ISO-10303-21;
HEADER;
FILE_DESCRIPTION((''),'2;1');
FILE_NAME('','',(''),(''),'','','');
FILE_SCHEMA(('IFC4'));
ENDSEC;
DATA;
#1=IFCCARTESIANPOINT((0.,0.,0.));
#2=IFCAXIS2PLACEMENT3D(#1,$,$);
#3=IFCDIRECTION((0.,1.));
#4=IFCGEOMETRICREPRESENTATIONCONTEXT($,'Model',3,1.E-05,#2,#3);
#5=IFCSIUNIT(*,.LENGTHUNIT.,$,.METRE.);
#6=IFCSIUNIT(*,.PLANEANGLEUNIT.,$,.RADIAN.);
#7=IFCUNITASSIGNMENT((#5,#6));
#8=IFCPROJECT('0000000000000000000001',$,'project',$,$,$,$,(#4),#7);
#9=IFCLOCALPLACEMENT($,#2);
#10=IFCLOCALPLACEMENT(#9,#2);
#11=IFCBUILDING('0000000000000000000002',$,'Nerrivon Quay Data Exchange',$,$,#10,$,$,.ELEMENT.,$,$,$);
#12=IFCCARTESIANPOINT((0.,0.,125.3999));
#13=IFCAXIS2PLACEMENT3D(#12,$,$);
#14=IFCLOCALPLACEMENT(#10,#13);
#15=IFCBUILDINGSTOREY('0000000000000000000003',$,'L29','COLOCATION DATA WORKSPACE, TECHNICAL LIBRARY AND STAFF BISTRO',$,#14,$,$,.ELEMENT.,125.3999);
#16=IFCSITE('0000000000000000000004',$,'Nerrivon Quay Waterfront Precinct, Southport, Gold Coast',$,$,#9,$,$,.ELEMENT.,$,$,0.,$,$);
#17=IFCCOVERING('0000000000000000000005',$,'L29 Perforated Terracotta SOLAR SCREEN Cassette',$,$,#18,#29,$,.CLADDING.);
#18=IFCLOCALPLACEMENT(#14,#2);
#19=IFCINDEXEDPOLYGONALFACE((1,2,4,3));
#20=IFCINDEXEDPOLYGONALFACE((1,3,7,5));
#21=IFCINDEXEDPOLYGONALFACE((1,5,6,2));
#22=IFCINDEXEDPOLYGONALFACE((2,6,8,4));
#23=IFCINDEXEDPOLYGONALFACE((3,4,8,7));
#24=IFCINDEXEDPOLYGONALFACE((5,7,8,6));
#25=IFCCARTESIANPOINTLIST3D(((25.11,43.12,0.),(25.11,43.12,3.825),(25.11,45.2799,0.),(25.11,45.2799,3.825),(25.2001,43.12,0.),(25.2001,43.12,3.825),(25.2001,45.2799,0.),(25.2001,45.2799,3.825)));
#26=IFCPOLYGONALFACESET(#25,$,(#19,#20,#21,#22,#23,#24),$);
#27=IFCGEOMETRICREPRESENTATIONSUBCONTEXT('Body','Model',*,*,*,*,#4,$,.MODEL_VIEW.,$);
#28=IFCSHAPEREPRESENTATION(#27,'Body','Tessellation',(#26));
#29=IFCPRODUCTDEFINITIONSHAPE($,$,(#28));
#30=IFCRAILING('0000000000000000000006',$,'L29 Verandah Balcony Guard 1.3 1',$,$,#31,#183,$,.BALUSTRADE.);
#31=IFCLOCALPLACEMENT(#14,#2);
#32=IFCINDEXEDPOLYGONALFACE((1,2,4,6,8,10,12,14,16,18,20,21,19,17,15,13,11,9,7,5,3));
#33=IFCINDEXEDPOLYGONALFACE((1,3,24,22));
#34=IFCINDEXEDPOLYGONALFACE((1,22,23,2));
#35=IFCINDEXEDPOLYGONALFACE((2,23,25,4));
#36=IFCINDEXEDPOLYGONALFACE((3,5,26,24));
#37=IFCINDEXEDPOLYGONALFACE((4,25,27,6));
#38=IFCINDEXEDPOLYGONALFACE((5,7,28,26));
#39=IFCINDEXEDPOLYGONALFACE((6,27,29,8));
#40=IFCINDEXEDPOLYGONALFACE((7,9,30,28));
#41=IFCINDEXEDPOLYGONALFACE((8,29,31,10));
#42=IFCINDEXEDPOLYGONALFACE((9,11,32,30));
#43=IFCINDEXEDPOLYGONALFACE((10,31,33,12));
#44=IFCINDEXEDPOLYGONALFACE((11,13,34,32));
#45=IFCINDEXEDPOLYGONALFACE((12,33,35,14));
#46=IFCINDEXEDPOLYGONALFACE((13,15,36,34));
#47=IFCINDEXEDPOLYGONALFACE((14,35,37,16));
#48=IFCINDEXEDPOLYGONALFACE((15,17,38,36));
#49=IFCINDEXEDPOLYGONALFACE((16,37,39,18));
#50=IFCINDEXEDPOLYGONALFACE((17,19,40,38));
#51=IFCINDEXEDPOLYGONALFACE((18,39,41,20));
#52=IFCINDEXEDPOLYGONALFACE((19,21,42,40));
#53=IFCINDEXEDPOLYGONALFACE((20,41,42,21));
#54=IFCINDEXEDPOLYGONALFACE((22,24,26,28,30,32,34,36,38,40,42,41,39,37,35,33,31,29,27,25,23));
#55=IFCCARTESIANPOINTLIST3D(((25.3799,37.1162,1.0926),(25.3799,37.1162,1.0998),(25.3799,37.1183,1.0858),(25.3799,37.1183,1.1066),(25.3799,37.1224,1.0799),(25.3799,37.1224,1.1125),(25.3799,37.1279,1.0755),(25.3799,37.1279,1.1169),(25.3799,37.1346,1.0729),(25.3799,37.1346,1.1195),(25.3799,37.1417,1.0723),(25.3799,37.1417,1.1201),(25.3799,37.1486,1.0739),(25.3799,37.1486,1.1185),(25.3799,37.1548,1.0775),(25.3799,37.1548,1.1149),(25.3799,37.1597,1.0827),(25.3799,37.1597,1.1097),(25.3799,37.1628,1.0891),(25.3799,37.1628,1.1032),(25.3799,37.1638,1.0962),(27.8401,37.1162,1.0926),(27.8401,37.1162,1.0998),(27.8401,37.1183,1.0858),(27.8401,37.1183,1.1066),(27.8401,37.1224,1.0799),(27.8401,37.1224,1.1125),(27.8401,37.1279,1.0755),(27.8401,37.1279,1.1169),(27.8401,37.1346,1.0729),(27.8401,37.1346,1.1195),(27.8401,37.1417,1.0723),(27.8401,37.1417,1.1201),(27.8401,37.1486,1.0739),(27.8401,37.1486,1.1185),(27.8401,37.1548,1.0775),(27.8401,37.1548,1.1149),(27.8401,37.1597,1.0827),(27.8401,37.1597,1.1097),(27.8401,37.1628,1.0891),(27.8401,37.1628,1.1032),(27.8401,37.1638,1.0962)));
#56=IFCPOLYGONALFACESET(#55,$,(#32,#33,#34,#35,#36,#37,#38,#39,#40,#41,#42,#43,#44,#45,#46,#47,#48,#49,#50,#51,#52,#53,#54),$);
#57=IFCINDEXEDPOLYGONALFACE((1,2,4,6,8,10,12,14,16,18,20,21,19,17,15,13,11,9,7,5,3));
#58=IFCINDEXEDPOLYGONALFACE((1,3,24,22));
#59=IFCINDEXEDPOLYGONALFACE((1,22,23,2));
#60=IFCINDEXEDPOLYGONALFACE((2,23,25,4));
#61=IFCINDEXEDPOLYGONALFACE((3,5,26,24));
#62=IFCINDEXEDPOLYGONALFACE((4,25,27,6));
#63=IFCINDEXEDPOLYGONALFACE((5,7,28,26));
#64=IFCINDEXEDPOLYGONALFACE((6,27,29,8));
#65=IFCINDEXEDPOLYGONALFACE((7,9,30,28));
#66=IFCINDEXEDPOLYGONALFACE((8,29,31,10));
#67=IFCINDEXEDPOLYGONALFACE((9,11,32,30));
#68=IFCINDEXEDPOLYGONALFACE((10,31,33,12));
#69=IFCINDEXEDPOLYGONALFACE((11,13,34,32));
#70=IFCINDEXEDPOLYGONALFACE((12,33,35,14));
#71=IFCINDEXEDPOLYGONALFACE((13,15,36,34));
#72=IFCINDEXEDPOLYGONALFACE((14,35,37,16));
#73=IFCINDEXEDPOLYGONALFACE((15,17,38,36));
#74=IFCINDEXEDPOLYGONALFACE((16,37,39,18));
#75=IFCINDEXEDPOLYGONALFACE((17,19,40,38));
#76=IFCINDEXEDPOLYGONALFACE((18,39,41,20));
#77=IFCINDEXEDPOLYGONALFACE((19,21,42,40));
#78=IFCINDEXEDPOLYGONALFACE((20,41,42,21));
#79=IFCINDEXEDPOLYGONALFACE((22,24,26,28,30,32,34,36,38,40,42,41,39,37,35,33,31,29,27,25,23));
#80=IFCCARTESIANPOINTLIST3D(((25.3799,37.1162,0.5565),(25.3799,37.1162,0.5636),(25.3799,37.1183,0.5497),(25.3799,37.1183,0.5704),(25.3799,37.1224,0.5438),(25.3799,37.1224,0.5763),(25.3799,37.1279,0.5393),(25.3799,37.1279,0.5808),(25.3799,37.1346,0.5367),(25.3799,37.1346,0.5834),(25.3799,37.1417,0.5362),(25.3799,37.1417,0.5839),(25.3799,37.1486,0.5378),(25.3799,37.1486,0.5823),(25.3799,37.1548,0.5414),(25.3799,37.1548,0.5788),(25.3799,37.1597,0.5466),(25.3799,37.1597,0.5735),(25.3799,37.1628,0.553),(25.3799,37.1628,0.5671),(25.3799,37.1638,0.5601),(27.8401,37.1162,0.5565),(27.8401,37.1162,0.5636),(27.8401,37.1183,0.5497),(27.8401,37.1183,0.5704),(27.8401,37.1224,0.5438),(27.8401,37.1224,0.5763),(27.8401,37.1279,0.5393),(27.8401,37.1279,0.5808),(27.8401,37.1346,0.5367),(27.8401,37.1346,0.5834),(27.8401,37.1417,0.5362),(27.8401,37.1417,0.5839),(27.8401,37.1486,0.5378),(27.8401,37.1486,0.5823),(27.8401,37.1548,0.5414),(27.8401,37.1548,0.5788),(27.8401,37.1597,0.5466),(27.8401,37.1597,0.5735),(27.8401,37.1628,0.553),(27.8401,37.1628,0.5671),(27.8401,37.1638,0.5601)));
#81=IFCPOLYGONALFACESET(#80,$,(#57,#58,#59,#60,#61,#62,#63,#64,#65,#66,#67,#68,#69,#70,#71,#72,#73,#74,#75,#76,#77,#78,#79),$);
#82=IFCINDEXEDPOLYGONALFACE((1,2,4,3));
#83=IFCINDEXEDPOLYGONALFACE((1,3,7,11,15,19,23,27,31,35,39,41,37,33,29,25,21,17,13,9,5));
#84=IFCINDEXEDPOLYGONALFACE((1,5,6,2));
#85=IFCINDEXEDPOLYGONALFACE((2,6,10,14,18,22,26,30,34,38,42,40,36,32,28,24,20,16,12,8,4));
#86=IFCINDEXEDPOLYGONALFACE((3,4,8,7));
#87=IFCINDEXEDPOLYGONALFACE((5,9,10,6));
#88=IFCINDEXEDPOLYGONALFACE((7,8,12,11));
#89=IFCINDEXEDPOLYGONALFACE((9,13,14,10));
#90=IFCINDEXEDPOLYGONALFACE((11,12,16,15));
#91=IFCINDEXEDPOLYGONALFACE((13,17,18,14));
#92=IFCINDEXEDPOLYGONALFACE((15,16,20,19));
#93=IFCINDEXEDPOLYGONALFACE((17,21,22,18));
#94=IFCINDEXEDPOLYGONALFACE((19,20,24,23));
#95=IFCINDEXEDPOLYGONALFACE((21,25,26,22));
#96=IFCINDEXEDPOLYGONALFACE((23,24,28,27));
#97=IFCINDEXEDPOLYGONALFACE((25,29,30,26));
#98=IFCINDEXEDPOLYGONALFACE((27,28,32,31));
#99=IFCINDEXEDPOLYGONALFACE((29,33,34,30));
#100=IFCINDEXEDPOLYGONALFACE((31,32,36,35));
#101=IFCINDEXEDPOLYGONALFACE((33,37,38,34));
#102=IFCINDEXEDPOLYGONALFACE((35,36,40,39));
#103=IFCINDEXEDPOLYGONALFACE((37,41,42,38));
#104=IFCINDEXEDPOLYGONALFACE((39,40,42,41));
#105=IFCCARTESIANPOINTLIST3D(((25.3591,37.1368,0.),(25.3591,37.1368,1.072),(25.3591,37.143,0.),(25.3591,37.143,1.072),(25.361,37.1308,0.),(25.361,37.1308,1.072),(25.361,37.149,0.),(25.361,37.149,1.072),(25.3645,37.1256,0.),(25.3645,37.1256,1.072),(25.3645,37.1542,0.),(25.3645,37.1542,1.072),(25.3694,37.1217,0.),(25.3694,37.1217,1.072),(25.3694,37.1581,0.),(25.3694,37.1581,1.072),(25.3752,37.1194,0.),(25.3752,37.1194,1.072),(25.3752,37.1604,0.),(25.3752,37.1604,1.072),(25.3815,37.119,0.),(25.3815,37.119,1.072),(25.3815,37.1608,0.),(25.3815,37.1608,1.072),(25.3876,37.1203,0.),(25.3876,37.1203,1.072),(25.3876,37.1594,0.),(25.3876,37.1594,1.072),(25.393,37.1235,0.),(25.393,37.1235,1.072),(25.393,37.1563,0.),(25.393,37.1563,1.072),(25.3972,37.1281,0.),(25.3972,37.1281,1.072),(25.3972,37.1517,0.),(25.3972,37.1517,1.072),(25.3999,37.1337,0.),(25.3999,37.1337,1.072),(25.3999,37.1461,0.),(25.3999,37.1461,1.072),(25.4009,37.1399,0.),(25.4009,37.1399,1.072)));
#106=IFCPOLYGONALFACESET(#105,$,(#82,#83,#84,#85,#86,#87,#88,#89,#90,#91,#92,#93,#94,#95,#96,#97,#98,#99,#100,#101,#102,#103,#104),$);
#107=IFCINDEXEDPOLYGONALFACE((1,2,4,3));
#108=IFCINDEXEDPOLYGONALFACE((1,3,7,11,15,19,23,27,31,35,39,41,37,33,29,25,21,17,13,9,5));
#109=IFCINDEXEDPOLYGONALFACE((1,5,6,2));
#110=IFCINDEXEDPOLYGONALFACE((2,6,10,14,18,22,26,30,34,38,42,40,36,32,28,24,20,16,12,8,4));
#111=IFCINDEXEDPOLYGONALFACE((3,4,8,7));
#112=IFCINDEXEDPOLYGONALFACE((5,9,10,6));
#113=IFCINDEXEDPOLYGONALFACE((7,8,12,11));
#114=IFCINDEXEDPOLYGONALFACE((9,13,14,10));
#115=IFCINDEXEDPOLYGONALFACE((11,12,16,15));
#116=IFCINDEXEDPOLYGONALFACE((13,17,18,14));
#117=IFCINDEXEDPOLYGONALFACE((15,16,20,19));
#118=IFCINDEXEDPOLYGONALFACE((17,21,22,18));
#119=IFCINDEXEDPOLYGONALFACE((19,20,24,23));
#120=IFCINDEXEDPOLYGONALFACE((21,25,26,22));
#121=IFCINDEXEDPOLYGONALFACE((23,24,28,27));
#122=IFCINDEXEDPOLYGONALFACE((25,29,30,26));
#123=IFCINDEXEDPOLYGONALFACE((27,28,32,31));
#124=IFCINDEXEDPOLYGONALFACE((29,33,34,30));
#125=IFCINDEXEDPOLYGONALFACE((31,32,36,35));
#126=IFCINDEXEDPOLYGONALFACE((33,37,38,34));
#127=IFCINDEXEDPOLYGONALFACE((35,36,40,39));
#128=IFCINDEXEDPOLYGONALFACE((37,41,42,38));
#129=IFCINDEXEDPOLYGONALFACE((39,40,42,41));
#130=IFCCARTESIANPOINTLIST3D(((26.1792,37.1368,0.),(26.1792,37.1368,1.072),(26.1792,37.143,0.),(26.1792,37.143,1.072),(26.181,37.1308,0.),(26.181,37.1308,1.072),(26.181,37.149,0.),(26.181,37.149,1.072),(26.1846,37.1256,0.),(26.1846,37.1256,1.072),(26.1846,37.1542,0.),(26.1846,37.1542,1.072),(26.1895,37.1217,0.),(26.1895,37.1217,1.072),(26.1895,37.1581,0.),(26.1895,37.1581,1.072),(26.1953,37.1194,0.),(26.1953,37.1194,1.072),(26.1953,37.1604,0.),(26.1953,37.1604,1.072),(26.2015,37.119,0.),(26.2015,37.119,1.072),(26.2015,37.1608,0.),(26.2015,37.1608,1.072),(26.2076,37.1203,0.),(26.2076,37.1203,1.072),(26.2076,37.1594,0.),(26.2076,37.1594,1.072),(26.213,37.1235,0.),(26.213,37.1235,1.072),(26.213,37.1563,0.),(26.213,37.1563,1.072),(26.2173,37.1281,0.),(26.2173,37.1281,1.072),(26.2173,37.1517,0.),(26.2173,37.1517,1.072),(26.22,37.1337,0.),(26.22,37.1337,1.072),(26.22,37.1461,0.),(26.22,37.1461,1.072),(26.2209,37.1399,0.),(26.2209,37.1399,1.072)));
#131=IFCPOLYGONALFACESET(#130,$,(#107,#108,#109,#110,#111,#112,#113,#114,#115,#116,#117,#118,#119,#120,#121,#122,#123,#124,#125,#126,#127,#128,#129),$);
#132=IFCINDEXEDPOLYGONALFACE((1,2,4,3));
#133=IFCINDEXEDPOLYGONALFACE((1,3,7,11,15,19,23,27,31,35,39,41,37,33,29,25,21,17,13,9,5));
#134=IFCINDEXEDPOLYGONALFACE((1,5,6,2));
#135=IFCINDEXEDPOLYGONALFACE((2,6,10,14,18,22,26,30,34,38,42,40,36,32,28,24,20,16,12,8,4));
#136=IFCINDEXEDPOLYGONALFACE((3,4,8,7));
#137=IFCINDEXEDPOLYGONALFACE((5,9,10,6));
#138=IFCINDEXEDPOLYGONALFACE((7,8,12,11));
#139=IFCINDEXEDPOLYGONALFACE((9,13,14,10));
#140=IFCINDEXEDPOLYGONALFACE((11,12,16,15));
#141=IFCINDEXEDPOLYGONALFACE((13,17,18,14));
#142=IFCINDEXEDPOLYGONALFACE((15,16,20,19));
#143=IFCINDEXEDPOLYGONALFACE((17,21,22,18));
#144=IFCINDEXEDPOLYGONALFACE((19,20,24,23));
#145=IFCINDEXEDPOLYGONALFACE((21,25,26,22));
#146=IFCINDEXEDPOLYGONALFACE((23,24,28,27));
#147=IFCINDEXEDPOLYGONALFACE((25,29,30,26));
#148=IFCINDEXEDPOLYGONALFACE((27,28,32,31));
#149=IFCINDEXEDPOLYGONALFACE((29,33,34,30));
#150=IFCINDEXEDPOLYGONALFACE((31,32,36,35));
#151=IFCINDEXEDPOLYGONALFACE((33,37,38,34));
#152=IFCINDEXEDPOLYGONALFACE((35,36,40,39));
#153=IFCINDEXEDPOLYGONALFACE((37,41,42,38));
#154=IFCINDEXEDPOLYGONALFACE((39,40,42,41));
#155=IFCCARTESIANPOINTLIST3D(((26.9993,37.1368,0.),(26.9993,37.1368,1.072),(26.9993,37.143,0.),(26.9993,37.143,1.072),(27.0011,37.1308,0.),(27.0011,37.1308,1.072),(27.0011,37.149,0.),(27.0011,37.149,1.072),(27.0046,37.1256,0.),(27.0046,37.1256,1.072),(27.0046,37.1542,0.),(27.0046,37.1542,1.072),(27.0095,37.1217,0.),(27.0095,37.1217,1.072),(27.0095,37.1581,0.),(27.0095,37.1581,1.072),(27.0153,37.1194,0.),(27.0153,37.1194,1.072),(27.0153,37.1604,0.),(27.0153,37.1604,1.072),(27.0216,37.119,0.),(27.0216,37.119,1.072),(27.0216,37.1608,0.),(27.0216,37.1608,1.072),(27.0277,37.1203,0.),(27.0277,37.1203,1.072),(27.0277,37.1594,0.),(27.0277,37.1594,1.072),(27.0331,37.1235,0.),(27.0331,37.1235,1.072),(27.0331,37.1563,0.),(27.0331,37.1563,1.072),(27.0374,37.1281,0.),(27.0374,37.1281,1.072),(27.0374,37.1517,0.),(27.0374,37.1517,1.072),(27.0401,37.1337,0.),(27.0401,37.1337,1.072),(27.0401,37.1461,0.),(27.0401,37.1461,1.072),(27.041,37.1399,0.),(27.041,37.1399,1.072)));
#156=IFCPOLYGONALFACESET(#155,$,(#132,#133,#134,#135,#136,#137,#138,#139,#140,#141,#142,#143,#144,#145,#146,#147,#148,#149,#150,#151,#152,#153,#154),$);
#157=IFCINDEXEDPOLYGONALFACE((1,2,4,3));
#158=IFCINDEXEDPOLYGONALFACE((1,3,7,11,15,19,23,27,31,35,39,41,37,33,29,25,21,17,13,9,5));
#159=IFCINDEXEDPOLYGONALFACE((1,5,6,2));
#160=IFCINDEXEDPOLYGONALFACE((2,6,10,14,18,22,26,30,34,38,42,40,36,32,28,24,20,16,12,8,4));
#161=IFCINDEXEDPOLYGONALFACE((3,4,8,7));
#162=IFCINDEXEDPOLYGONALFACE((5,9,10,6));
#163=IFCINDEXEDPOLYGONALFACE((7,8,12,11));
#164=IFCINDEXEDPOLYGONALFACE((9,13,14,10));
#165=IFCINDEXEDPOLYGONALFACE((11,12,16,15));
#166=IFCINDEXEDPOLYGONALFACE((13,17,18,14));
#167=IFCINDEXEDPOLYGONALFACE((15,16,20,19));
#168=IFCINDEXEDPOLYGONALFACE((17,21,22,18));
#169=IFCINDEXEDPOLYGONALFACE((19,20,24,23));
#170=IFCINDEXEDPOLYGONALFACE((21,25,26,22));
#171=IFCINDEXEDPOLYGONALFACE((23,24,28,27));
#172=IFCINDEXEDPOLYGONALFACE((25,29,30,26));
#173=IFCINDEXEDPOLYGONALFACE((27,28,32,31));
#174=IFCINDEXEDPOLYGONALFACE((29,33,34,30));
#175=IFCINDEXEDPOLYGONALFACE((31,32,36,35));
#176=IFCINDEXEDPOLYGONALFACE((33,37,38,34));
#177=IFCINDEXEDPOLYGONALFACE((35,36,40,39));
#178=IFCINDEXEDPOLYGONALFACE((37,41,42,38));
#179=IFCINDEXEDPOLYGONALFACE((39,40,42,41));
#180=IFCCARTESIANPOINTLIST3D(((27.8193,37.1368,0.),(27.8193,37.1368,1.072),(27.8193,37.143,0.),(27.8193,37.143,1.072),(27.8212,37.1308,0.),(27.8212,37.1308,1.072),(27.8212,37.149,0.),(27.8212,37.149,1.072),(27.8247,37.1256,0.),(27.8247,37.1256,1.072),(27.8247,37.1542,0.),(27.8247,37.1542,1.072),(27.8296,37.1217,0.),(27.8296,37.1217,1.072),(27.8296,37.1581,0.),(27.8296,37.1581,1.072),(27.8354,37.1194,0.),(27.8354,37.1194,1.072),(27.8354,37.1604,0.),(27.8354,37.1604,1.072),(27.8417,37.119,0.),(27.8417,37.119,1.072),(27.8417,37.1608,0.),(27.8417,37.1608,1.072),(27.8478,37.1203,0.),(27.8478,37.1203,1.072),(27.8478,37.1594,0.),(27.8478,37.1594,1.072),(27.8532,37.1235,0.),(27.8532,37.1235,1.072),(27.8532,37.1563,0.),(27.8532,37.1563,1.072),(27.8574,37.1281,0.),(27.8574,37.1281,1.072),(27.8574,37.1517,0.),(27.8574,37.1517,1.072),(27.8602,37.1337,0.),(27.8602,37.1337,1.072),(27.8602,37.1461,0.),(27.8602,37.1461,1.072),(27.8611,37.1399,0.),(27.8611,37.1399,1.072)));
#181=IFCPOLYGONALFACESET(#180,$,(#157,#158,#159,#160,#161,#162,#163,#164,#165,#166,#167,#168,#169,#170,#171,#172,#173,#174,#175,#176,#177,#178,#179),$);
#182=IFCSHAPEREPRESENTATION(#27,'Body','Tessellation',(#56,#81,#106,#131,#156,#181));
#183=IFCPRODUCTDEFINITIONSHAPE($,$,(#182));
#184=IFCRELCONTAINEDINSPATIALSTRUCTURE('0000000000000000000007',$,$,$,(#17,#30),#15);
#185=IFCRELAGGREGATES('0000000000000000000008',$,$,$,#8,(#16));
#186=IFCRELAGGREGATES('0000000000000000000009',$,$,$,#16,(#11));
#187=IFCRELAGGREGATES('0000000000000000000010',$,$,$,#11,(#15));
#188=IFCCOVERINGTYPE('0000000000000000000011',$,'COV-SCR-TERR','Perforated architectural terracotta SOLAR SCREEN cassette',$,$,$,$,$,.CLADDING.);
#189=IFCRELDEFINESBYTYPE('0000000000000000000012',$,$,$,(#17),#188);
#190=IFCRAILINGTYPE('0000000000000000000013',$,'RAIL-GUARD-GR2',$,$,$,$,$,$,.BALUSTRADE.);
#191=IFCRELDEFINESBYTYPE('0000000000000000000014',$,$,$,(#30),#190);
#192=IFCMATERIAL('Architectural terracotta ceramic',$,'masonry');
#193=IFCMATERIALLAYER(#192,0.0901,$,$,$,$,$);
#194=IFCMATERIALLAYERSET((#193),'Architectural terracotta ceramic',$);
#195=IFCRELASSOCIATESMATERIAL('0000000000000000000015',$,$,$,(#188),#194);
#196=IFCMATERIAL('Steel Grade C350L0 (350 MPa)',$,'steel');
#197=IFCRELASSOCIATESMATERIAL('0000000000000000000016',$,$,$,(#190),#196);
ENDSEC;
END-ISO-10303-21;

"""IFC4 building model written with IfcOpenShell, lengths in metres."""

from ifc_helpers import new_model, si_unit, direction, frame, origin, origin_2d, place, context, subcontext, project, spatial, rectangle, circle, extrude, material, layer, layer_set, type_object, element, save


model = new_model("IFC4")

# Units and contexts
model_context = context("Model", 3, precision=1e-05, world=origin(), true_north=direction((0.0, 1.0)))
body_context = subcontext(model_context, "Body", "Model", "MODEL_VIEW")
ifc_project = project(units=[si_unit("LENGTHUNIT", "METRE"), si_unit("PLANEANGLEUNIT", "RADIAN")], contexts=[model_context])

# Site, building, storey
site_placement = place(None, origin())
site = spatial("IfcSite", under=ifc_project, at=site_placement, Name="Nerrivon Quay Waterfront Precinct, Southport, Gold Coast", CompositionType="ELEMENT", RefElevation=0.0)
building_placement = place(site_placement, origin())
building = spatial("IfcBuilding", under=site, at=building_placement, Name="Nerrivon Quay Data Exchange", CompositionType="ELEMENT")
storey_placement = place(building_placement, frame((0.0, 0.0, 125.3999)))
storey = spatial("IfcBuildingStorey", under=building, at=storey_placement, Name="L29", Description="COLOCATION DATA WORKSPACE, TECHNICAL LIBRARY AND STAFF BISTRO", CompositionType="ELEMENT", Elevation=125.3999)

# Covering
ifc_material_1 = material(Name="Architectural terracotta ceramic", Category="masonry")
ifc_layer_1 = layer(ifc_material_1, 0.0901)
ifc_layer_set_1 = layer_set([ifc_layer_1], Name="Architectural terracotta ceramic")
covering_type = type_object("IfcCoveringType", Name="COV-SCR-TERR", Description="Perforated architectural terracotta SOLAR SCREEN cassette", PredefinedType="CLADDING", material=ifc_layer_set_1)
covering_placement = place(storey_placement, frame((25.155, 44.2, 0.0), z_axis=(0.0, 0.0, 1.0), x_axis=(0.0, -1.0, 0.0)))
element("IfcCovering", 1, at=covering_placement, inside=storey, type_object=covering_type, Name="L29 Perforated Terracotta SOLAR SCREEN Cassette", PredefinedType="CLADDING", context=body_context, shape_type="SweptSolid", body=[
    extrude(rectangle(XDim=2.1599, YDim=0.0901, at=origin_2d()), origin(), (0.0, 0.0, 1.0), 3.825),
])

# Railing
ifc_material_2 = material(Name="Steel Grade C350L0 (350 MPa)", Category="steel")
railing_type = type_object("IfcRailingType", Name="RAIL-GUARD-GR2", PredefinedType="BALUSTRADE", material=ifc_material_2)
railing_1_placement = place(storey_placement, frame((25.3799, 37.1399, 0.0)))
element("IfcRailing", 2, at=railing_1_placement, inside=storey, type_object=railing_type, Name="L29 Verandah Balcony Guard 1.3 1", PredefinedType="BALUSTRADE", context=body_context, shape_type="SweptSolid", body=[
    extrude(circle(Radius=0.0239, at=origin_2d()), frame((0.0, 0.0, 1.0962), z_axis=(1.0, 0.0, 0.0), x_axis=(0.0, 1.0, 0.0)), (0.0, 0.0, 1.0), 2.4602),
    extrude(circle(Radius=0.0239, at=origin_2d()), frame((0.0, 0.0, 0.5601), z_axis=(1.0, 0.0, 0.0), x_axis=(0.0, 1.0, 0.0)), (0.0, 0.0, 1.0), 2.4602),
    extrude(circle(Radius=0.021, at=origin_2d()), origin(), (0.0, 0.0, 1.0), 1.072),
    extrude(circle(Radius=0.021, at=origin_2d()), frame((0.8201, 0.0, 0.0)), (0.0, 0.0, 1.0), 1.072),
    extrude(circle(Radius=0.021, at=origin_2d()), frame((1.6401, 0.0, 0.0)), (0.0, 0.0, 1.0), 1.072),
    extrude(circle(Radius=0.021, at=origin_2d()), frame((2.4602, 0.0, 0.0)), (0.0, 0.0, 1.0), 1.072),
])

save(model, "model.ifc")
